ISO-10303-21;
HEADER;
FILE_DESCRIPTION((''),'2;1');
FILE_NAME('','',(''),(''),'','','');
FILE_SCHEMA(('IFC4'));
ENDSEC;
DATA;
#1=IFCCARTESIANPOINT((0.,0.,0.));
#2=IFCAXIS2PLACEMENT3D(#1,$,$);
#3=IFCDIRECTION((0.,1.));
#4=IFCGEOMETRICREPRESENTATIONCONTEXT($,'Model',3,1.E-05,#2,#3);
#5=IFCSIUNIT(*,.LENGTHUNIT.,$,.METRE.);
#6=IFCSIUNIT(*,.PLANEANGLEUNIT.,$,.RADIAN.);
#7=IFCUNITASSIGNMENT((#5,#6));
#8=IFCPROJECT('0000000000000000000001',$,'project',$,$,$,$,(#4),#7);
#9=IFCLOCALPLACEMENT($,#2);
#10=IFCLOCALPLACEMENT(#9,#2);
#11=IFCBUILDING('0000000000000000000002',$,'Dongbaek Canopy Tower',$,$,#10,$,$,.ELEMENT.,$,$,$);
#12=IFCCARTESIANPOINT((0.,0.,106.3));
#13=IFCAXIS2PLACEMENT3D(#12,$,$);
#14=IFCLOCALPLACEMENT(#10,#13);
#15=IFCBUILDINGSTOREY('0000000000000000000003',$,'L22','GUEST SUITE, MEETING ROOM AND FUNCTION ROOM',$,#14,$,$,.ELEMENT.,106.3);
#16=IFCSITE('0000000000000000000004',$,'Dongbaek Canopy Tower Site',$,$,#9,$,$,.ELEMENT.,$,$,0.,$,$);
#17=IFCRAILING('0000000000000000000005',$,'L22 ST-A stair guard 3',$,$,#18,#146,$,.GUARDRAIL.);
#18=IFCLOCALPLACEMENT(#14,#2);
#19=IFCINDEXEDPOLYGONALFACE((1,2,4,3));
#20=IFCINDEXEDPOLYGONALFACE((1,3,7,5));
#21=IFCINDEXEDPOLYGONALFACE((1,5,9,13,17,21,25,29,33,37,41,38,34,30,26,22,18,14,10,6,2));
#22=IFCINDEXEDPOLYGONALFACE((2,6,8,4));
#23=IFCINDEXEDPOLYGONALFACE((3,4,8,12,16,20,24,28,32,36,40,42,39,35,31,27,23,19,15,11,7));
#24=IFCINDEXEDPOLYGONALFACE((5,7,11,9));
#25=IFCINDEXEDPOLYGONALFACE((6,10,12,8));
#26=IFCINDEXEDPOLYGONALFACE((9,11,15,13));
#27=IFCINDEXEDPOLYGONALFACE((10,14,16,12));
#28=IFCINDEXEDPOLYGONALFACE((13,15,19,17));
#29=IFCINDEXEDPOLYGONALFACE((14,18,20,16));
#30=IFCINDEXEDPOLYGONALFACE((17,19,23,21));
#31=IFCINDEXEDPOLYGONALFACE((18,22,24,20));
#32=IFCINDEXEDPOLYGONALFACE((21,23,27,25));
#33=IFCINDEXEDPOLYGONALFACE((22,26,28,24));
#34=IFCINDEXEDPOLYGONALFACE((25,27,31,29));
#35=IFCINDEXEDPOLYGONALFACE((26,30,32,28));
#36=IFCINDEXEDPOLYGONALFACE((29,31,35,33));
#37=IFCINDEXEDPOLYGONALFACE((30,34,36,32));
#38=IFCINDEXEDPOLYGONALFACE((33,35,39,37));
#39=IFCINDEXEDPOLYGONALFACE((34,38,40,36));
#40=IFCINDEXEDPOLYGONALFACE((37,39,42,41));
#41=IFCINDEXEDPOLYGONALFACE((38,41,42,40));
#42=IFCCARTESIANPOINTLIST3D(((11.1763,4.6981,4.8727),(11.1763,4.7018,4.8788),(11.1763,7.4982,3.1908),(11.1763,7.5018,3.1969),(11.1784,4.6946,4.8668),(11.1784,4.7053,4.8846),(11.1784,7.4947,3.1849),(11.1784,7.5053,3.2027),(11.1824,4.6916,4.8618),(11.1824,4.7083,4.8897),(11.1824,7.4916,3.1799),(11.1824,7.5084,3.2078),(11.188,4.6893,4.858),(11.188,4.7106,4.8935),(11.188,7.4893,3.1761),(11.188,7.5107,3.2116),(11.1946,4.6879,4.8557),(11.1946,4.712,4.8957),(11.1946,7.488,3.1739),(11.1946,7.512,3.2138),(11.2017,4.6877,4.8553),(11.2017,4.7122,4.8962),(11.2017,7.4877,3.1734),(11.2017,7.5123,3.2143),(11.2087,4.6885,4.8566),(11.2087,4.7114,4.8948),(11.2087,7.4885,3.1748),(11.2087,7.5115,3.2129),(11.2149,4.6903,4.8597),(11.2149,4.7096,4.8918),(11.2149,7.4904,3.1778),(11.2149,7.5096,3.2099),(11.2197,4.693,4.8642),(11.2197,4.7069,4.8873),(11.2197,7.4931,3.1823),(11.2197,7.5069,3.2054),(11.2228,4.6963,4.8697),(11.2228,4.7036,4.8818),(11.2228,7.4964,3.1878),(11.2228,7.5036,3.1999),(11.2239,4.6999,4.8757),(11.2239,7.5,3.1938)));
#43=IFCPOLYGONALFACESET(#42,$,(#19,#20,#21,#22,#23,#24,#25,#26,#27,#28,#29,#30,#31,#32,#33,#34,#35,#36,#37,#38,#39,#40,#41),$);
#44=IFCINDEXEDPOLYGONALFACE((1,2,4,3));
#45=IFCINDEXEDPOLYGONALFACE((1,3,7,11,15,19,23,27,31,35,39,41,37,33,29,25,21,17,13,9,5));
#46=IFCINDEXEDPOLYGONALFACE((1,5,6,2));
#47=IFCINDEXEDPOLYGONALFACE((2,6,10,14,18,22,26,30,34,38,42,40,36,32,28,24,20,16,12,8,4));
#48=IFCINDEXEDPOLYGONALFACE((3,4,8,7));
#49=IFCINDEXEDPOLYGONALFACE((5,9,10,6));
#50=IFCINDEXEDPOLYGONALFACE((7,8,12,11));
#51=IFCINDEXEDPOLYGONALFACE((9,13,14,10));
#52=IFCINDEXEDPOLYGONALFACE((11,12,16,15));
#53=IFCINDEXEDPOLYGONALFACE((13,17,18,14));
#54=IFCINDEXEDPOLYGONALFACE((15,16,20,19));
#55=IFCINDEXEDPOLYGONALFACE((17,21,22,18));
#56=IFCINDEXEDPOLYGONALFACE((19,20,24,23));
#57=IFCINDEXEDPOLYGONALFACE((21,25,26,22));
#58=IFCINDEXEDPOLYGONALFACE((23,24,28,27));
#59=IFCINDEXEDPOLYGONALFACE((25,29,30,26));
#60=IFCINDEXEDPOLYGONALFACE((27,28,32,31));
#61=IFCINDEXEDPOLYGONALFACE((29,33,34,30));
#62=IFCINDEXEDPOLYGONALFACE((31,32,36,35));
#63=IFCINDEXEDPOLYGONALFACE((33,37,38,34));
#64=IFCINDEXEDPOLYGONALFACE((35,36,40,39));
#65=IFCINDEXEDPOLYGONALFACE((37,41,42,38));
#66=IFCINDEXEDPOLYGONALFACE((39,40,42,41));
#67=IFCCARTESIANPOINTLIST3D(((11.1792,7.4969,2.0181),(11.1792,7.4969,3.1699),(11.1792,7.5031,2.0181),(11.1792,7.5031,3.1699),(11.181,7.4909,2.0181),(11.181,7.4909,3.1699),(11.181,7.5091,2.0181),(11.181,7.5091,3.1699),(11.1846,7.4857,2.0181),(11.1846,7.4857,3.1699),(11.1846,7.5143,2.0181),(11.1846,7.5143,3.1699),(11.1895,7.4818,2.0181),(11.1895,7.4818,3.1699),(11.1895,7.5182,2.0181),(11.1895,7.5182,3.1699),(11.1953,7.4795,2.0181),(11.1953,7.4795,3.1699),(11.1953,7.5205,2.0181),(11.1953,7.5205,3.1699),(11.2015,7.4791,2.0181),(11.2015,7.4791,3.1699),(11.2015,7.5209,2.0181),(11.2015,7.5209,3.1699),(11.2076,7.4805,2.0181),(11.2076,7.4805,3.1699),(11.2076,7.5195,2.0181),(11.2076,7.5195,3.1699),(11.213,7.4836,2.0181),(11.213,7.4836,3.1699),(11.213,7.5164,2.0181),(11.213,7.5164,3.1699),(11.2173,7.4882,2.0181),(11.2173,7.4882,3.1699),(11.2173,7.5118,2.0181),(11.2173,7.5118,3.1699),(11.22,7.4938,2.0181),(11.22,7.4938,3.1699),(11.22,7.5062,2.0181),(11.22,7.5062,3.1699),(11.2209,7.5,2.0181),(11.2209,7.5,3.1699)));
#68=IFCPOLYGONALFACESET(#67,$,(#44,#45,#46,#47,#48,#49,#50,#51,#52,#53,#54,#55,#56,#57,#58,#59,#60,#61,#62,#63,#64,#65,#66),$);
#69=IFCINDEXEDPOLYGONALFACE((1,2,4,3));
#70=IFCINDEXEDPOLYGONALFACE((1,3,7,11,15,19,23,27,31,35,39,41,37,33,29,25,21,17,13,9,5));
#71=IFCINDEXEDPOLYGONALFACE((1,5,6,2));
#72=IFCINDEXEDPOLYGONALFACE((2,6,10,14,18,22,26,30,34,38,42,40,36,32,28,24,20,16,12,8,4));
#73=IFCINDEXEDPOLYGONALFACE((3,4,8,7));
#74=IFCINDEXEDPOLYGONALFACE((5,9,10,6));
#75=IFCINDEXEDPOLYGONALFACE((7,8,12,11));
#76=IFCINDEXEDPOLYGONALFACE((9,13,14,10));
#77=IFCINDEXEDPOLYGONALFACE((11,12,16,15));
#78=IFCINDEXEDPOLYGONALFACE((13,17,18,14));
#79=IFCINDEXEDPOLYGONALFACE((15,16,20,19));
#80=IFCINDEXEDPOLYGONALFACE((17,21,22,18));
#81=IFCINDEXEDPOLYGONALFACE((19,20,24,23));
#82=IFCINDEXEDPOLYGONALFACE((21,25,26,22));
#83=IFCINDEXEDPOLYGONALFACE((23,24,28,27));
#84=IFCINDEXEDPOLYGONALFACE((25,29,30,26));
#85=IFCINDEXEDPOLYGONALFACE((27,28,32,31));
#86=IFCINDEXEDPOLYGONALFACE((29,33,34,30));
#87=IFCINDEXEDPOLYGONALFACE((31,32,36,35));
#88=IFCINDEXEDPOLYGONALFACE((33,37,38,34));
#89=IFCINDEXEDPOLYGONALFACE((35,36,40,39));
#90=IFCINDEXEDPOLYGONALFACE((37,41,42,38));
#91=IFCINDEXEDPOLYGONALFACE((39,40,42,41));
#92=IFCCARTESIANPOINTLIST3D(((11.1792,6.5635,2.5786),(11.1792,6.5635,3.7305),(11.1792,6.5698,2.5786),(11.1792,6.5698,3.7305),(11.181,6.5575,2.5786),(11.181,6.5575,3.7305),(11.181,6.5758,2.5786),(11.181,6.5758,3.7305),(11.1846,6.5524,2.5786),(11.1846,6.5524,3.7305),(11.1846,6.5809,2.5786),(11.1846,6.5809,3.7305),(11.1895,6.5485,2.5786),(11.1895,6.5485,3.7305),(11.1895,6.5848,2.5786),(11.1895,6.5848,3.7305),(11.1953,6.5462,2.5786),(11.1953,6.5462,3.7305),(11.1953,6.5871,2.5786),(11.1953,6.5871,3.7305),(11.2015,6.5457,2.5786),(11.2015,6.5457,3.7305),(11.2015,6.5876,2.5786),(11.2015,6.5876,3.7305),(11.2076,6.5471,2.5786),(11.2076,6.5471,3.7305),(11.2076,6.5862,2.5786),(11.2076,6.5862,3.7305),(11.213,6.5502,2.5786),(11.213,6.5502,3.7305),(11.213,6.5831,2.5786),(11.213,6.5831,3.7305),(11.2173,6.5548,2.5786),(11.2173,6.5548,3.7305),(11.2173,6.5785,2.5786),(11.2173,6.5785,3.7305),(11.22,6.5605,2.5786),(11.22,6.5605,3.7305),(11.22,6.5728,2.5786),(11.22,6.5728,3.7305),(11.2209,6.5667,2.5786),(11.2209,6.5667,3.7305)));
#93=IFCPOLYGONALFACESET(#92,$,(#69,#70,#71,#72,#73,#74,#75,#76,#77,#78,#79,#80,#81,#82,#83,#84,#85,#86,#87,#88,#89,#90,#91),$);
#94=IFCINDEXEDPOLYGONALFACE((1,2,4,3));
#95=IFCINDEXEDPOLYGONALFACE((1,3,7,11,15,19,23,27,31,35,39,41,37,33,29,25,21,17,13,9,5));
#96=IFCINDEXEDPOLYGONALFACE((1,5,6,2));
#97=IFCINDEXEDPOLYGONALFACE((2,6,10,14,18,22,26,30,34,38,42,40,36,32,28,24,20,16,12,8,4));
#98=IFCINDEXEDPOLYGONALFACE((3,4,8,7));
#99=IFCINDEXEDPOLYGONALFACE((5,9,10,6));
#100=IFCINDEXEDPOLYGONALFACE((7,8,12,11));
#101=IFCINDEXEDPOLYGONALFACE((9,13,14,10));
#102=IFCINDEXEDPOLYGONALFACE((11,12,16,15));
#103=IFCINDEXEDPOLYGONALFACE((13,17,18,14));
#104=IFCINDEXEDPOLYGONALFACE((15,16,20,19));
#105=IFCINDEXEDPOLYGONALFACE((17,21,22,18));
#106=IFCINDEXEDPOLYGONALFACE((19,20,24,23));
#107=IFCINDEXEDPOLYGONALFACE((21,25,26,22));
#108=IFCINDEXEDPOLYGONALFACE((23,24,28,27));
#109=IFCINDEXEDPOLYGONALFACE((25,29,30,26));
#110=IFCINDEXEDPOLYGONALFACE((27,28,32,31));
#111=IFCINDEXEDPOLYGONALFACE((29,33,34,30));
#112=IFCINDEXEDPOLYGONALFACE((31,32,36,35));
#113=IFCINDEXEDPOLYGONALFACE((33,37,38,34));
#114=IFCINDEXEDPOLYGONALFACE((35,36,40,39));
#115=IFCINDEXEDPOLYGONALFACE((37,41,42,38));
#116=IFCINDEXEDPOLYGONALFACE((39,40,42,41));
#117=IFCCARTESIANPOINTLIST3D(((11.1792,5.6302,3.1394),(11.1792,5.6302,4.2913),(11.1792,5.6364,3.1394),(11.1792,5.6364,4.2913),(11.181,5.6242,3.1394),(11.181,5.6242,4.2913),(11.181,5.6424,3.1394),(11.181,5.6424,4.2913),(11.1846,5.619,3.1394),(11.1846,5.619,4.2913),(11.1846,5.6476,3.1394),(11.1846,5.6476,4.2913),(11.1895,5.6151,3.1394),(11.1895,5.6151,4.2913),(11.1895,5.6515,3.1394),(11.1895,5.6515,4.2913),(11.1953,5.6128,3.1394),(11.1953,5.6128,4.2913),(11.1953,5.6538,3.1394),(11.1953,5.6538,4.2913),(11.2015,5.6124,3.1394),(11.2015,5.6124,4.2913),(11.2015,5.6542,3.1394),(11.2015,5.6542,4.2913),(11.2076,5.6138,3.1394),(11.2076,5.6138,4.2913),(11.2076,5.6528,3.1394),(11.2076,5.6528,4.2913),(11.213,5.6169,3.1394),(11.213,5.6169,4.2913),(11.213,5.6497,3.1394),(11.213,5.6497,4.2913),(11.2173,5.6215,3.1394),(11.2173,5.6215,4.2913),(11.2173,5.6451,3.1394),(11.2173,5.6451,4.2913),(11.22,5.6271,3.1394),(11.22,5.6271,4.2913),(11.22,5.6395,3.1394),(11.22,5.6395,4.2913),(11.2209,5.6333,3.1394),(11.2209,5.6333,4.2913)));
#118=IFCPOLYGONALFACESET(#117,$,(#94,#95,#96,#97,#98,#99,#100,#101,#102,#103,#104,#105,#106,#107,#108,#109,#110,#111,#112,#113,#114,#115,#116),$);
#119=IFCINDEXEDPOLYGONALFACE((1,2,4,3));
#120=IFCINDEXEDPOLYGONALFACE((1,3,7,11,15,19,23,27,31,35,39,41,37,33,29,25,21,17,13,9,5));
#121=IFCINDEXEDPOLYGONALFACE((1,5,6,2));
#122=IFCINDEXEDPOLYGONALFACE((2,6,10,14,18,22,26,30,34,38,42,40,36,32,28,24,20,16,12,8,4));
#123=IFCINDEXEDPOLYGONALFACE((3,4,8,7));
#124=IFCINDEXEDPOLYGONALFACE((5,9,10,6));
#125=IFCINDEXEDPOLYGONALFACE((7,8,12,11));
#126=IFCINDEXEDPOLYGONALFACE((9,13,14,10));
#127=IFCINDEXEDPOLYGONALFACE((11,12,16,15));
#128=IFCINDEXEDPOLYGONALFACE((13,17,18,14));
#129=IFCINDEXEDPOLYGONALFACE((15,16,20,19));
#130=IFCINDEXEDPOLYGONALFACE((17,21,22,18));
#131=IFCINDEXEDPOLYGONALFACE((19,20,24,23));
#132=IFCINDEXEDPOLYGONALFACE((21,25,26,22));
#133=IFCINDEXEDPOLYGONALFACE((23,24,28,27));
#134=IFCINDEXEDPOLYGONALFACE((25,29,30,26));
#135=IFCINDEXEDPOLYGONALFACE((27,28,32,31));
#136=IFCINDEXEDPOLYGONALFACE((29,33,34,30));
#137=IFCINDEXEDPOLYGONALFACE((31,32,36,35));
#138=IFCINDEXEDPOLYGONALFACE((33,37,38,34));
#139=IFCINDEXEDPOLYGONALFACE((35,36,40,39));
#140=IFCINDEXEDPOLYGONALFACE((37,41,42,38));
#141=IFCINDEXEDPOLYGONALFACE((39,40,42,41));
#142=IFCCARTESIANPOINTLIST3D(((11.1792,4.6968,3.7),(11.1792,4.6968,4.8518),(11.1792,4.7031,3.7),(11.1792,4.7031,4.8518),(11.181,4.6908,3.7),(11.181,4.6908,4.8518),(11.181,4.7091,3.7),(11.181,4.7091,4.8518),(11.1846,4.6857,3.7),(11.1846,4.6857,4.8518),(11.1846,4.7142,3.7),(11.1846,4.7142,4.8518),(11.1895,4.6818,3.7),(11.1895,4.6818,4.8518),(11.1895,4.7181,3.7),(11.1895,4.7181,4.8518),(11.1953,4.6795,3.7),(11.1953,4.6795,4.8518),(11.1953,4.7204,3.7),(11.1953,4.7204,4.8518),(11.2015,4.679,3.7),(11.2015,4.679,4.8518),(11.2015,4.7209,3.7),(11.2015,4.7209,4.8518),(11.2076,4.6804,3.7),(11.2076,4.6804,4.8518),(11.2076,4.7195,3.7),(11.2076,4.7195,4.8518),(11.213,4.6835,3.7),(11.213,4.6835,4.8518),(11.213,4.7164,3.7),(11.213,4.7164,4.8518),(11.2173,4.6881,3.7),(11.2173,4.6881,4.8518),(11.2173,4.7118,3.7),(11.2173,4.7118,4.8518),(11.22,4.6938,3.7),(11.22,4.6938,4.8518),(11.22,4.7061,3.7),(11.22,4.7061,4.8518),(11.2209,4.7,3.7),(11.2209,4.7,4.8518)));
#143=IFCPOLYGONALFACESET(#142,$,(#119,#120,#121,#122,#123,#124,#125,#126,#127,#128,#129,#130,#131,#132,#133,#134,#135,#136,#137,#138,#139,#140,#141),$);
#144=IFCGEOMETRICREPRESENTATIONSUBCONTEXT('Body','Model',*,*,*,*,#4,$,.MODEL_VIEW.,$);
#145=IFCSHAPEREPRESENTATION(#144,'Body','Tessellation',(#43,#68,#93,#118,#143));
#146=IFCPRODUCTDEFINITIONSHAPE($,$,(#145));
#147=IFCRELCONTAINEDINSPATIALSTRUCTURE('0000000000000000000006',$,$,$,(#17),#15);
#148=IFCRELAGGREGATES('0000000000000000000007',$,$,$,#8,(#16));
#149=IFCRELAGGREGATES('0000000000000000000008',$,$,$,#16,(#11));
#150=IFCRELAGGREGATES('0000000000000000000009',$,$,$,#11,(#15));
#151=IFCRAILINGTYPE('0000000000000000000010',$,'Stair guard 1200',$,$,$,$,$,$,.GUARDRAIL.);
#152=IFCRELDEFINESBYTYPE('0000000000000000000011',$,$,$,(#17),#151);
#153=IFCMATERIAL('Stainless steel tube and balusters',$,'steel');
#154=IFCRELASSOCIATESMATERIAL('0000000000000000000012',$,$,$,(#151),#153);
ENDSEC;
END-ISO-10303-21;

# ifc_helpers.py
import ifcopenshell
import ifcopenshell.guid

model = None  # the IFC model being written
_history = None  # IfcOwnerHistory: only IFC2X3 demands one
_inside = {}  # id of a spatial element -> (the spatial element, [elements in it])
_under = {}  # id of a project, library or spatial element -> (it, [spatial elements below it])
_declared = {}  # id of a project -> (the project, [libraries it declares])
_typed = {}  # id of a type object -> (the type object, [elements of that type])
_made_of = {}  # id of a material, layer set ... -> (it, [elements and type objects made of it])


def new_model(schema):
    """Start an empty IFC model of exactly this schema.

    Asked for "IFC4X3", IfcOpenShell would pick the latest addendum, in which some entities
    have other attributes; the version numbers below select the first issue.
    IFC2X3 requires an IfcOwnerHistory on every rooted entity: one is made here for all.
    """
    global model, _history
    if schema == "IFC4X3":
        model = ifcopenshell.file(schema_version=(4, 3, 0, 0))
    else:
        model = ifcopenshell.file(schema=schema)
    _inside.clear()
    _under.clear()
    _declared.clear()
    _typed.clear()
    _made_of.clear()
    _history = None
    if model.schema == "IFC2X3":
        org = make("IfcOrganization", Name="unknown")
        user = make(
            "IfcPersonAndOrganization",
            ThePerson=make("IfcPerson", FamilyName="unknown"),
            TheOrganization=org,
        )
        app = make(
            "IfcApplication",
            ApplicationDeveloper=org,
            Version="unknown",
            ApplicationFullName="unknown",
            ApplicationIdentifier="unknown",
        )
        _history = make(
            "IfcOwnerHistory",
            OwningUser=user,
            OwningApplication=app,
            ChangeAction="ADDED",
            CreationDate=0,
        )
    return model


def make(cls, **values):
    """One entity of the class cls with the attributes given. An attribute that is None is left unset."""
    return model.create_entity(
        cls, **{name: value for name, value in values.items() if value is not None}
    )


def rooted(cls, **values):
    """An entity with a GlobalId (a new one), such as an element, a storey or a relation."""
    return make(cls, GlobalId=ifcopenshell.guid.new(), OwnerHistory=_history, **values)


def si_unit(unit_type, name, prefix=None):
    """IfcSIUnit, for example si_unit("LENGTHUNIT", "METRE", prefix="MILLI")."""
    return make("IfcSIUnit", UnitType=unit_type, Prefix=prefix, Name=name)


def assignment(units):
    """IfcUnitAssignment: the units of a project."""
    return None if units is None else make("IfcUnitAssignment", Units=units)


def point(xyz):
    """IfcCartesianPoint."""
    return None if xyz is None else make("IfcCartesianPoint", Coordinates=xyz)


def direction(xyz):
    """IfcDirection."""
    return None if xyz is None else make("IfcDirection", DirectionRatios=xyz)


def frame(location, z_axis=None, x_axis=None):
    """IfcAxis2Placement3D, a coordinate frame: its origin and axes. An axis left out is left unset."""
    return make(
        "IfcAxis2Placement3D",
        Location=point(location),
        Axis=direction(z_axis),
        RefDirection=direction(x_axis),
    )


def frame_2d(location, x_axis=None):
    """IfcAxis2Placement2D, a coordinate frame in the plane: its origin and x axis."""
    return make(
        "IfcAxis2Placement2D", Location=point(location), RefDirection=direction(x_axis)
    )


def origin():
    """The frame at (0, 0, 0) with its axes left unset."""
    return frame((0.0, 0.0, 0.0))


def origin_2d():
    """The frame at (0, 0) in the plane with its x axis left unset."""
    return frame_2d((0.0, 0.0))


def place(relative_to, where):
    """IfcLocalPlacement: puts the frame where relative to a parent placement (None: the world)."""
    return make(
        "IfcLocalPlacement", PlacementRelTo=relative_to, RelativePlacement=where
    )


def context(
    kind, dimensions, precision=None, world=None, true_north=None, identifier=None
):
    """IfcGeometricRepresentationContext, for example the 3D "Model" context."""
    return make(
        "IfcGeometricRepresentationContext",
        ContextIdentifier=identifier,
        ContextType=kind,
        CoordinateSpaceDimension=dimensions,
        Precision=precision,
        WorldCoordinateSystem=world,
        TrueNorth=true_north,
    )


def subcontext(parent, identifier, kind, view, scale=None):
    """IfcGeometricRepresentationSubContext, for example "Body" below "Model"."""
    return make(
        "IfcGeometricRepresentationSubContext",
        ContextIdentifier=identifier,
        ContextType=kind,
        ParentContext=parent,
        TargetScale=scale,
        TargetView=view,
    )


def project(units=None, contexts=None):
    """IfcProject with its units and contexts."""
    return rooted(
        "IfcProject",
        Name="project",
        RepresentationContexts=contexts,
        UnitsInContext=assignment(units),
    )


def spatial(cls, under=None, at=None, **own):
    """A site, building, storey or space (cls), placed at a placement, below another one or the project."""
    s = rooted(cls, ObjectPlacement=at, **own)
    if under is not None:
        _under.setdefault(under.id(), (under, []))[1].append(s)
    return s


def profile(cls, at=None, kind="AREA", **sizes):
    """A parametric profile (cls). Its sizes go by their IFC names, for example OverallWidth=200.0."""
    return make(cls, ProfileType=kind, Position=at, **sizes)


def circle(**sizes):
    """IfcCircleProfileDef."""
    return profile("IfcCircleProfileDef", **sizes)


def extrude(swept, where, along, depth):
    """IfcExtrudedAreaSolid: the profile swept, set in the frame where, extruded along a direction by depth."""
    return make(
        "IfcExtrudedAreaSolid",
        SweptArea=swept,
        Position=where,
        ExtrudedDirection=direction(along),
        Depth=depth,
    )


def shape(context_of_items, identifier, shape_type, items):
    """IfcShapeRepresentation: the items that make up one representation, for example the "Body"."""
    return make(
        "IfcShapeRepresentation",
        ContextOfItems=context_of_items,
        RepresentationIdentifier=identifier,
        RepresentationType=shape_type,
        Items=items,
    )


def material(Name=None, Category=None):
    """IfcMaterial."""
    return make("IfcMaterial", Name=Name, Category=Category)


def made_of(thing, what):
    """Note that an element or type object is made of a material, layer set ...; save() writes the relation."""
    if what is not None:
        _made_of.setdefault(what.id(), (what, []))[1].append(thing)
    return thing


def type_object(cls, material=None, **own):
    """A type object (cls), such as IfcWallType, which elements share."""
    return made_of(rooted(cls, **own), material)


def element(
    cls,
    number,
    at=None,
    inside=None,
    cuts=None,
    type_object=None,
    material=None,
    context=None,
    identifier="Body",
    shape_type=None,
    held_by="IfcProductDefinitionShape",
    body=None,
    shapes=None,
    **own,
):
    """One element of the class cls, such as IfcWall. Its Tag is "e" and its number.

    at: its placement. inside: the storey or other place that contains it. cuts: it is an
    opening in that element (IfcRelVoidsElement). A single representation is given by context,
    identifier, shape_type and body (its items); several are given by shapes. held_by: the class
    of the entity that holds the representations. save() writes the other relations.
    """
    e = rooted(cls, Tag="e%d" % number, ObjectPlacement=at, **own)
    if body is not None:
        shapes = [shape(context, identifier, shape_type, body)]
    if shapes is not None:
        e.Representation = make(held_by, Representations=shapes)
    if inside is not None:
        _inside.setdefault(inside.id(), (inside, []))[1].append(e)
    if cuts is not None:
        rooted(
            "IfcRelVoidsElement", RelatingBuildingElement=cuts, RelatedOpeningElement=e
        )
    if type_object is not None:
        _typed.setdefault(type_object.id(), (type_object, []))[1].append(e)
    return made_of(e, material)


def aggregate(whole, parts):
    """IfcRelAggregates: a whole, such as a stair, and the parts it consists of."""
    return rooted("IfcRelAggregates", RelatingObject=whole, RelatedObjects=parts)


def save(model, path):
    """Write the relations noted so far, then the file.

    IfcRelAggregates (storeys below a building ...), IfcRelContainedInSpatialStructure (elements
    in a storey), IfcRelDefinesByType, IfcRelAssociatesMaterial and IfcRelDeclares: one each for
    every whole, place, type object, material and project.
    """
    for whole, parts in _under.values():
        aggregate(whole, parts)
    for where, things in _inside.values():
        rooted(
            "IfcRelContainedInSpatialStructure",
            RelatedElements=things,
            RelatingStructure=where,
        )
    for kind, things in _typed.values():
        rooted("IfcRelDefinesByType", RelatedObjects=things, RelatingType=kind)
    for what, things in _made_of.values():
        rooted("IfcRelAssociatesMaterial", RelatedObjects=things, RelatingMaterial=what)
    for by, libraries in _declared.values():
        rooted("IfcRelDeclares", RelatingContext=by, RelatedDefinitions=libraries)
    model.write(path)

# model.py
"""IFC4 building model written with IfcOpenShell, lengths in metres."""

from ifc_helpers import new_model, si_unit, direction, frame, origin, origin_2d, place, context, subcontext, project, spatial, circle, extrude, material, type_object, element, save


model = new_model("IFC4")

# Units and contexts
model_context = context("Model", 3, precision=1e-05, world=origin(), true_north=direction((0.0, 1.0)))
body_context = subcontext(model_context, "Body", "Model", "MODEL_VIEW")
ifc_project = project(units=[si_unit("LENGTHUNIT", "METRE"), si_unit("PLANEANGLEUNIT", "RADIAN")], contexts=[model_context])

# Site, building, storey
site_placement = place(None, origin())
site = spatial("IfcSite", under=ifc_project, at=site_placement, Name="Dongbaek Canopy Tower Site", CompositionType="ELEMENT", RefElevation=0.0)
building_placement = place(site_placement, origin())
building = spatial("IfcBuilding", under=site, at=building_placement, Name="Dongbaek Canopy Tower", CompositionType="ELEMENT")
storey_placement = place(building_placement, frame((0.0, 0.0, 106.3)))
storey = spatial("IfcBuildingStorey", under=building, at=storey_placement, Name="L22", Description="GUEST SUITE, MEETING ROOM AND FUNCTION ROOM", CompositionType="ELEMENT", Elevation=106.3)

# Railing
ifc_material_1 = material(Name="Stainless steel tube and balusters", Category="steel")
railing_type_1 = type_object("IfcRailingType", Name="Stair guard 1200", PredefinedType="GUARDRAIL", material=ifc_material_1)
railing_1_placement = place(storey_placement, frame((11.2, 7.5, 2.0181)))
element("IfcRailing", 1, at=railing_1_placement, inside=storey, type_object=railing_type_1, Name="L22 ST-A stair guard 3", PredefinedType="GUARDRAIL", context=body_context, shape_type="SweptSolid", body=[
    extrude(circle(Radius=0.0239, at=origin_2d()), frame((0.0, 0.0, 1.1758), z_axis=(0.0, -0.857242, 0.514913), x_axis=(1.0, 0.0, 0.0)), (0.0, 0.0, 1.0), 3.2664),
    extrude(circle(Radius=0.021, at=origin_2d()), origin(), (0.0, 0.0, 1.0), 1.1519),
    extrude(circle(Radius=0.021, at=origin_2d()), frame((0.0, -0.9333, 0.5605)), (0.0, 0.0, 1.0), 1.1519),
    extrude(circle(Radius=0.021, at=origin_2d()), frame((0.0, -1.8667, 1.1213)), (0.0, 0.0, 1.0), 1.1519),
    extrude(circle(Radius=0.021, at=origin_2d()), frame((0.0, -2.8, 1.6819)), (0.0, 0.0, 1.0), 1.1519),
])

save(model, "model.ifc")
